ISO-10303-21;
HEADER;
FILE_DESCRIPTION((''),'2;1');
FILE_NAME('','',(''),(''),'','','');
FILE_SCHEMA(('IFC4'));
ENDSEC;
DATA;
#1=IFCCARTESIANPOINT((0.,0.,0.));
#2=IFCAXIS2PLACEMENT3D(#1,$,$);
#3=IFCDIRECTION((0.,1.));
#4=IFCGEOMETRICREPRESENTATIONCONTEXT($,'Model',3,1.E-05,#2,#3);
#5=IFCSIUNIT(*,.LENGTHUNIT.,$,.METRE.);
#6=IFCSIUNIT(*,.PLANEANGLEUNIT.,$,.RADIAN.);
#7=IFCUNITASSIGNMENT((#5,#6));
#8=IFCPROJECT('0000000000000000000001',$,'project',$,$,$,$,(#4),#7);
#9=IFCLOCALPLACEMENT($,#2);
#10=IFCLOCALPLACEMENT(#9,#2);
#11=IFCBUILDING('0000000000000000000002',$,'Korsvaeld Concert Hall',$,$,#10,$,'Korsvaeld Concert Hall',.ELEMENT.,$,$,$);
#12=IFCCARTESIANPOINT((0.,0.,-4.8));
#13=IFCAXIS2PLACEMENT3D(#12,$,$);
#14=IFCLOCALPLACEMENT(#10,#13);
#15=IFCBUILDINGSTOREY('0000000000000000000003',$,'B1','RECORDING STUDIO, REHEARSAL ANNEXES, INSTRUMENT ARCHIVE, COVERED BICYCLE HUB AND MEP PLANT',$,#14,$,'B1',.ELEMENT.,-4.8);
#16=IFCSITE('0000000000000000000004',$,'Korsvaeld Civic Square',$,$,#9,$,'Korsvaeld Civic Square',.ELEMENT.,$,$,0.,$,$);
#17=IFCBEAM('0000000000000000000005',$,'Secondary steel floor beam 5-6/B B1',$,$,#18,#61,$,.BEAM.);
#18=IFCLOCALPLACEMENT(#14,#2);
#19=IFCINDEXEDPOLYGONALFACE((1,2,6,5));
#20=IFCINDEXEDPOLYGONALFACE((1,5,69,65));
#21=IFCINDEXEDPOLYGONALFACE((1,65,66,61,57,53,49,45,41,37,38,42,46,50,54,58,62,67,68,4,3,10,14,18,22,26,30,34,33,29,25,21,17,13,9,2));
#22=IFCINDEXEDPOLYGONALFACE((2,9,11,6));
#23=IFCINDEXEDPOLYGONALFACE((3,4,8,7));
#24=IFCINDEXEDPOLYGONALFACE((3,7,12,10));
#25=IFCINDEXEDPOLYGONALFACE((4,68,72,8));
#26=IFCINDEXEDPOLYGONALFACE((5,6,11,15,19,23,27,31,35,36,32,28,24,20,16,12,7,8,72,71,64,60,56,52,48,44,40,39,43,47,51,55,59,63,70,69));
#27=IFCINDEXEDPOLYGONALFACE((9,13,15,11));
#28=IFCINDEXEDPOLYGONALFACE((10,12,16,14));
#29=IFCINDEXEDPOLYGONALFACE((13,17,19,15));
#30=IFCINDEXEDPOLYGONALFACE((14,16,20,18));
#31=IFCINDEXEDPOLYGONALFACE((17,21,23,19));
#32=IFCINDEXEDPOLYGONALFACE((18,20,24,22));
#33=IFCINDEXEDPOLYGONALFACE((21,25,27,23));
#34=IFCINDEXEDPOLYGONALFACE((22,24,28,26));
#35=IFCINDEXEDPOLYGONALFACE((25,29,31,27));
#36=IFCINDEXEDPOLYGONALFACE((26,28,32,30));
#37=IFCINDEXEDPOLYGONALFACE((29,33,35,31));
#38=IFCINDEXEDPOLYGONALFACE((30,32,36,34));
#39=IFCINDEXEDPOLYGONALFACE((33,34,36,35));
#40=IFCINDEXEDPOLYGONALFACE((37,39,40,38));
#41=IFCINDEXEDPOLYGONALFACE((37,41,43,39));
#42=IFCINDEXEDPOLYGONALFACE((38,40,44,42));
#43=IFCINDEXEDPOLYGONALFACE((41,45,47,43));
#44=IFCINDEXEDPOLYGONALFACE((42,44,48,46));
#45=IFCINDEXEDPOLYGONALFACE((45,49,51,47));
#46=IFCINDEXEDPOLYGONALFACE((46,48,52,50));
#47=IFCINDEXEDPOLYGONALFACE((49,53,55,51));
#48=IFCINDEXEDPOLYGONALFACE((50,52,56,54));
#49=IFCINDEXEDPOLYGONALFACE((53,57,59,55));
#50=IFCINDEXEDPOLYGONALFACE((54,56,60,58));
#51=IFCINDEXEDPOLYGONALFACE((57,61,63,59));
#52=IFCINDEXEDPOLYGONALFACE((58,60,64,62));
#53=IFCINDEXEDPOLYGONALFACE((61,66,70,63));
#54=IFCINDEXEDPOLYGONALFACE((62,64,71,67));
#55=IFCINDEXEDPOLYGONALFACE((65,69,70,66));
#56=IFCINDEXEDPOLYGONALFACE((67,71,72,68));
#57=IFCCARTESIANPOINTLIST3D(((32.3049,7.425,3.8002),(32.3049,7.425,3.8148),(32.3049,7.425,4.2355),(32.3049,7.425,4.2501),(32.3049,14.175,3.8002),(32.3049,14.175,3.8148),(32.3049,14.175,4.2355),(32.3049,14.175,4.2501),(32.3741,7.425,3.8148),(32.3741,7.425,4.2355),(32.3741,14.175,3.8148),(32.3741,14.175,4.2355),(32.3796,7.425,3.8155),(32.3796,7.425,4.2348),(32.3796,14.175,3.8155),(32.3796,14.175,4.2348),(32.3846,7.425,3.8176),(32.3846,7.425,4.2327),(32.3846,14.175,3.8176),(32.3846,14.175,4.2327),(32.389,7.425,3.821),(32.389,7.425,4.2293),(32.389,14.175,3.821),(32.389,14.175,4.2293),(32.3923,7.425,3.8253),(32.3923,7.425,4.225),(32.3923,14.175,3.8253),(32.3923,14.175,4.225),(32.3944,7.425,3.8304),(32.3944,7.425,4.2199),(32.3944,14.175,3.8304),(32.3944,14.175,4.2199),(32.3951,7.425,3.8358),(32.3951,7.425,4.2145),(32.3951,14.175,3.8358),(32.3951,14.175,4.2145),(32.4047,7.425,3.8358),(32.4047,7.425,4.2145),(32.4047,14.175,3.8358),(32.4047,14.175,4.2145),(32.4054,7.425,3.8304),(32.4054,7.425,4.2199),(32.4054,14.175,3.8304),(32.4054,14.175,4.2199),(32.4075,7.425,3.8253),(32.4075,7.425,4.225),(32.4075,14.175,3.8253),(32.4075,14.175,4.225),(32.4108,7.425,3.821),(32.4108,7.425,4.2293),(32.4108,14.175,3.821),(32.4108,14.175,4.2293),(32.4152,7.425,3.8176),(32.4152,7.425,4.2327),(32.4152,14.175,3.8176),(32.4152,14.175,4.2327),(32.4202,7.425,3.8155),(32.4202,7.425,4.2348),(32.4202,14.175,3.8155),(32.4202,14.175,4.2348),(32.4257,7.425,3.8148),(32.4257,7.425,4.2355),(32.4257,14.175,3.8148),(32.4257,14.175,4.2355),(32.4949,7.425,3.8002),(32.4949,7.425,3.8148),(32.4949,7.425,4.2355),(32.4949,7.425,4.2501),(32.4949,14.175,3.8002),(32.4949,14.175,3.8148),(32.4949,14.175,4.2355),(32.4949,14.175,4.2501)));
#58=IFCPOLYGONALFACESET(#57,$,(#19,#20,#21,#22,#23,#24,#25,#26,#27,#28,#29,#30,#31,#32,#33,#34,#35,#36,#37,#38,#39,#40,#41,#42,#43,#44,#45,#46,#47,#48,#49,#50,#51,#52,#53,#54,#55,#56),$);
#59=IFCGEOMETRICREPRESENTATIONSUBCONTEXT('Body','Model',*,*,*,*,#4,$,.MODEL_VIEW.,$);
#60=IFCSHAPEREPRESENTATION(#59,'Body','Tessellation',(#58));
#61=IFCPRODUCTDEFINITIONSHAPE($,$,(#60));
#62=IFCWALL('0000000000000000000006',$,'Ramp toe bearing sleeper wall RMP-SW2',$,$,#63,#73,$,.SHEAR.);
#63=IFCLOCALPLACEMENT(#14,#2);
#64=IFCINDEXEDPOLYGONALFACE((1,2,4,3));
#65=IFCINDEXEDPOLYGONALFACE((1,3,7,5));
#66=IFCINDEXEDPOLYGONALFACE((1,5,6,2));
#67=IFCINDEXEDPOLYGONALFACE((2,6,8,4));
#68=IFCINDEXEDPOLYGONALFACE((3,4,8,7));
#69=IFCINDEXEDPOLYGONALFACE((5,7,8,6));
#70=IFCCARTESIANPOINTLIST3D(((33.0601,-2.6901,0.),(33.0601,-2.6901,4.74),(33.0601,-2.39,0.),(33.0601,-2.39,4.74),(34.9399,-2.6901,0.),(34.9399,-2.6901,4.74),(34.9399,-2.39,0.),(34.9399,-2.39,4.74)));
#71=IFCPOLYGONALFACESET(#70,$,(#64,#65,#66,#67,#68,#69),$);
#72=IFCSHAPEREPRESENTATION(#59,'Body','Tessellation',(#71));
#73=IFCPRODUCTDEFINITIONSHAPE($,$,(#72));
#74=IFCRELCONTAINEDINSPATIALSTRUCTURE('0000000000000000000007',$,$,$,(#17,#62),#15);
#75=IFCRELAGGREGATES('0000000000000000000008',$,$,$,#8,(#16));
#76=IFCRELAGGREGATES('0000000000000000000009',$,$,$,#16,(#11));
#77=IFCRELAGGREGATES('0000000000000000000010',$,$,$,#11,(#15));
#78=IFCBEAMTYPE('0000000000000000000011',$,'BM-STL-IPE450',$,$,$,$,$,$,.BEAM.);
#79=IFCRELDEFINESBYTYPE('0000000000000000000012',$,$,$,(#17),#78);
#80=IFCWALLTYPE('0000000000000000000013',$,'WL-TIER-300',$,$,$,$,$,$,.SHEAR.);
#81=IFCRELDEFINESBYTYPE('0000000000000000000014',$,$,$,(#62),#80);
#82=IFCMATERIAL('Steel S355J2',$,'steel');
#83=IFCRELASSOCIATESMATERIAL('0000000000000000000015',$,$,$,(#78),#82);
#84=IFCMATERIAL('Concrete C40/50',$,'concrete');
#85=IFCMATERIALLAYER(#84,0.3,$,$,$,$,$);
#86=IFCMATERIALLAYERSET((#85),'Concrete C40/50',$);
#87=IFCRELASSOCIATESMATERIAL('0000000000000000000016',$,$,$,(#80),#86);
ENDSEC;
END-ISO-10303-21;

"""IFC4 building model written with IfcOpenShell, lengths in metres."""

from ifc_helpers import new_model, si_unit, direction, frame, frame_2d, origin, origin_2d, place, context, subcontext, project, spatial, rectangle, i_section, extrude, material, layer, layer_set, material_profile, profile_set, type_object, element, save


model = new_model("IFC4")

# Units and contexts
model_context = context("Model", 3, precision=1e-05, world=origin(), true_north=direction((0.0, 1.0)))
body_context = subcontext(model_context, "Body", "Model", "MODEL_VIEW")
ifc_project = project(units=[si_unit("LENGTHUNIT", "METRE"), si_unit("PLANEANGLEUNIT", "RADIAN")], contexts=[model_context])

# Site, building, storey
site_placement = place(None, origin())
site = spatial("IfcSite", under=ifc_project, at=site_placement, Name="Korsvaeld Civic Square", LongName="Korsvaeld Civic Square", CompositionType="ELEMENT", RefElevation=0.0)
building_placement = place(site_placement, origin())
building = spatial("IfcBuilding", under=site, at=building_placement, Name="Korsvaeld Concert Hall", LongName="Korsvaeld Concert Hall", CompositionType="ELEMENT")
storey_placement = place(building_placement, frame((0.0, 0.0, -4.8)))
storey = spatial("IfcBuildingStorey", under=building, at=storey_placement, Name="B1", Description="RECORDING STUDIO, REHEARSAL ANNEXES, INSTRUMENT ARCHIVE, COVERED BICYCLE HUB AND MEP PLANT", LongName="B1", CompositionType="ELEMENT", Elevation=-4.8)

# Shared definitions
ifc_material_1 = material(Name="Concrete C40/50", Category="concrete")

# Beam
ifc_material_2 = material(Name="Steel S355J2", Category="steel")
ifc_material_profile_1 = material_profile(ifc_material_2, i_section(OverallWidth=0.1899, OverallDepth=0.45, WebThickness=0.0095, FlangeThickness=0.0146, FilletRadius=0.021, at=origin_2d()), Name="IPE 450")
ifc_profile_set_1 = profile_set([ifc_material_profile_1], Name="Steel S355J2")
beam_type_1 = type_object("IfcBeamType", Name="BM-STL-IPE450", PredefinedType="BEAM", material=ifc_profile_set_1)
beam_1_placement = place(storey_placement, frame((32.3999, 7.425, 4.0251), z_axis=(0.0, 1.0, 0.0), x_axis=(-1.0, 0.0, 0.0)))
element("IfcBeam", 1, at=beam_1_placement, inside=storey, type_object=beam_type_1, Name="Secondary steel floor beam 5-6/B B1", PredefinedType="BEAM", context=body_context, shape_type="SweptSolid", body=[
    extrude(i_section(OverallWidth=0.1899, OverallDepth=0.45, WebThickness=0.0095, FlangeThickness=0.0146, FilletRadius=0.021, at=origin_2d()), origin(), (0.0, 0.0, 1.0), 6.75),
])

# Wall
ifc_layer = layer(ifc_material_1, 0.3)
ifc_layer_set = layer_set([ifc_layer], Name="Concrete C40/50")
wall_type = type_object("IfcWallType", Name="WL-TIER-300", PredefinedType="SHEAR", material=ifc_layer_set)
wall_placement = place(storey_placement, frame((33.0601, -2.54, 0.0), z_axis=(0.0, 0.0, 1.0), x_axis=(1.0, 0.0, 0.0)))
element("IfcWall", 2, at=wall_placement, inside=storey, type_object=wall_type, Name="Ramp toe bearing sleeper wall RMP-SW2", PredefinedType="SHEAR", context=body_context, shape_type="SweptSolid", body=[
    extrude(rectangle(XDim=1.8799, YDim=0.3, at=frame_2d((0.9399, 0.0))), origin(), (0.0, 0.0, 1.0), 4.74),
])

save(model, "model.ifc")
